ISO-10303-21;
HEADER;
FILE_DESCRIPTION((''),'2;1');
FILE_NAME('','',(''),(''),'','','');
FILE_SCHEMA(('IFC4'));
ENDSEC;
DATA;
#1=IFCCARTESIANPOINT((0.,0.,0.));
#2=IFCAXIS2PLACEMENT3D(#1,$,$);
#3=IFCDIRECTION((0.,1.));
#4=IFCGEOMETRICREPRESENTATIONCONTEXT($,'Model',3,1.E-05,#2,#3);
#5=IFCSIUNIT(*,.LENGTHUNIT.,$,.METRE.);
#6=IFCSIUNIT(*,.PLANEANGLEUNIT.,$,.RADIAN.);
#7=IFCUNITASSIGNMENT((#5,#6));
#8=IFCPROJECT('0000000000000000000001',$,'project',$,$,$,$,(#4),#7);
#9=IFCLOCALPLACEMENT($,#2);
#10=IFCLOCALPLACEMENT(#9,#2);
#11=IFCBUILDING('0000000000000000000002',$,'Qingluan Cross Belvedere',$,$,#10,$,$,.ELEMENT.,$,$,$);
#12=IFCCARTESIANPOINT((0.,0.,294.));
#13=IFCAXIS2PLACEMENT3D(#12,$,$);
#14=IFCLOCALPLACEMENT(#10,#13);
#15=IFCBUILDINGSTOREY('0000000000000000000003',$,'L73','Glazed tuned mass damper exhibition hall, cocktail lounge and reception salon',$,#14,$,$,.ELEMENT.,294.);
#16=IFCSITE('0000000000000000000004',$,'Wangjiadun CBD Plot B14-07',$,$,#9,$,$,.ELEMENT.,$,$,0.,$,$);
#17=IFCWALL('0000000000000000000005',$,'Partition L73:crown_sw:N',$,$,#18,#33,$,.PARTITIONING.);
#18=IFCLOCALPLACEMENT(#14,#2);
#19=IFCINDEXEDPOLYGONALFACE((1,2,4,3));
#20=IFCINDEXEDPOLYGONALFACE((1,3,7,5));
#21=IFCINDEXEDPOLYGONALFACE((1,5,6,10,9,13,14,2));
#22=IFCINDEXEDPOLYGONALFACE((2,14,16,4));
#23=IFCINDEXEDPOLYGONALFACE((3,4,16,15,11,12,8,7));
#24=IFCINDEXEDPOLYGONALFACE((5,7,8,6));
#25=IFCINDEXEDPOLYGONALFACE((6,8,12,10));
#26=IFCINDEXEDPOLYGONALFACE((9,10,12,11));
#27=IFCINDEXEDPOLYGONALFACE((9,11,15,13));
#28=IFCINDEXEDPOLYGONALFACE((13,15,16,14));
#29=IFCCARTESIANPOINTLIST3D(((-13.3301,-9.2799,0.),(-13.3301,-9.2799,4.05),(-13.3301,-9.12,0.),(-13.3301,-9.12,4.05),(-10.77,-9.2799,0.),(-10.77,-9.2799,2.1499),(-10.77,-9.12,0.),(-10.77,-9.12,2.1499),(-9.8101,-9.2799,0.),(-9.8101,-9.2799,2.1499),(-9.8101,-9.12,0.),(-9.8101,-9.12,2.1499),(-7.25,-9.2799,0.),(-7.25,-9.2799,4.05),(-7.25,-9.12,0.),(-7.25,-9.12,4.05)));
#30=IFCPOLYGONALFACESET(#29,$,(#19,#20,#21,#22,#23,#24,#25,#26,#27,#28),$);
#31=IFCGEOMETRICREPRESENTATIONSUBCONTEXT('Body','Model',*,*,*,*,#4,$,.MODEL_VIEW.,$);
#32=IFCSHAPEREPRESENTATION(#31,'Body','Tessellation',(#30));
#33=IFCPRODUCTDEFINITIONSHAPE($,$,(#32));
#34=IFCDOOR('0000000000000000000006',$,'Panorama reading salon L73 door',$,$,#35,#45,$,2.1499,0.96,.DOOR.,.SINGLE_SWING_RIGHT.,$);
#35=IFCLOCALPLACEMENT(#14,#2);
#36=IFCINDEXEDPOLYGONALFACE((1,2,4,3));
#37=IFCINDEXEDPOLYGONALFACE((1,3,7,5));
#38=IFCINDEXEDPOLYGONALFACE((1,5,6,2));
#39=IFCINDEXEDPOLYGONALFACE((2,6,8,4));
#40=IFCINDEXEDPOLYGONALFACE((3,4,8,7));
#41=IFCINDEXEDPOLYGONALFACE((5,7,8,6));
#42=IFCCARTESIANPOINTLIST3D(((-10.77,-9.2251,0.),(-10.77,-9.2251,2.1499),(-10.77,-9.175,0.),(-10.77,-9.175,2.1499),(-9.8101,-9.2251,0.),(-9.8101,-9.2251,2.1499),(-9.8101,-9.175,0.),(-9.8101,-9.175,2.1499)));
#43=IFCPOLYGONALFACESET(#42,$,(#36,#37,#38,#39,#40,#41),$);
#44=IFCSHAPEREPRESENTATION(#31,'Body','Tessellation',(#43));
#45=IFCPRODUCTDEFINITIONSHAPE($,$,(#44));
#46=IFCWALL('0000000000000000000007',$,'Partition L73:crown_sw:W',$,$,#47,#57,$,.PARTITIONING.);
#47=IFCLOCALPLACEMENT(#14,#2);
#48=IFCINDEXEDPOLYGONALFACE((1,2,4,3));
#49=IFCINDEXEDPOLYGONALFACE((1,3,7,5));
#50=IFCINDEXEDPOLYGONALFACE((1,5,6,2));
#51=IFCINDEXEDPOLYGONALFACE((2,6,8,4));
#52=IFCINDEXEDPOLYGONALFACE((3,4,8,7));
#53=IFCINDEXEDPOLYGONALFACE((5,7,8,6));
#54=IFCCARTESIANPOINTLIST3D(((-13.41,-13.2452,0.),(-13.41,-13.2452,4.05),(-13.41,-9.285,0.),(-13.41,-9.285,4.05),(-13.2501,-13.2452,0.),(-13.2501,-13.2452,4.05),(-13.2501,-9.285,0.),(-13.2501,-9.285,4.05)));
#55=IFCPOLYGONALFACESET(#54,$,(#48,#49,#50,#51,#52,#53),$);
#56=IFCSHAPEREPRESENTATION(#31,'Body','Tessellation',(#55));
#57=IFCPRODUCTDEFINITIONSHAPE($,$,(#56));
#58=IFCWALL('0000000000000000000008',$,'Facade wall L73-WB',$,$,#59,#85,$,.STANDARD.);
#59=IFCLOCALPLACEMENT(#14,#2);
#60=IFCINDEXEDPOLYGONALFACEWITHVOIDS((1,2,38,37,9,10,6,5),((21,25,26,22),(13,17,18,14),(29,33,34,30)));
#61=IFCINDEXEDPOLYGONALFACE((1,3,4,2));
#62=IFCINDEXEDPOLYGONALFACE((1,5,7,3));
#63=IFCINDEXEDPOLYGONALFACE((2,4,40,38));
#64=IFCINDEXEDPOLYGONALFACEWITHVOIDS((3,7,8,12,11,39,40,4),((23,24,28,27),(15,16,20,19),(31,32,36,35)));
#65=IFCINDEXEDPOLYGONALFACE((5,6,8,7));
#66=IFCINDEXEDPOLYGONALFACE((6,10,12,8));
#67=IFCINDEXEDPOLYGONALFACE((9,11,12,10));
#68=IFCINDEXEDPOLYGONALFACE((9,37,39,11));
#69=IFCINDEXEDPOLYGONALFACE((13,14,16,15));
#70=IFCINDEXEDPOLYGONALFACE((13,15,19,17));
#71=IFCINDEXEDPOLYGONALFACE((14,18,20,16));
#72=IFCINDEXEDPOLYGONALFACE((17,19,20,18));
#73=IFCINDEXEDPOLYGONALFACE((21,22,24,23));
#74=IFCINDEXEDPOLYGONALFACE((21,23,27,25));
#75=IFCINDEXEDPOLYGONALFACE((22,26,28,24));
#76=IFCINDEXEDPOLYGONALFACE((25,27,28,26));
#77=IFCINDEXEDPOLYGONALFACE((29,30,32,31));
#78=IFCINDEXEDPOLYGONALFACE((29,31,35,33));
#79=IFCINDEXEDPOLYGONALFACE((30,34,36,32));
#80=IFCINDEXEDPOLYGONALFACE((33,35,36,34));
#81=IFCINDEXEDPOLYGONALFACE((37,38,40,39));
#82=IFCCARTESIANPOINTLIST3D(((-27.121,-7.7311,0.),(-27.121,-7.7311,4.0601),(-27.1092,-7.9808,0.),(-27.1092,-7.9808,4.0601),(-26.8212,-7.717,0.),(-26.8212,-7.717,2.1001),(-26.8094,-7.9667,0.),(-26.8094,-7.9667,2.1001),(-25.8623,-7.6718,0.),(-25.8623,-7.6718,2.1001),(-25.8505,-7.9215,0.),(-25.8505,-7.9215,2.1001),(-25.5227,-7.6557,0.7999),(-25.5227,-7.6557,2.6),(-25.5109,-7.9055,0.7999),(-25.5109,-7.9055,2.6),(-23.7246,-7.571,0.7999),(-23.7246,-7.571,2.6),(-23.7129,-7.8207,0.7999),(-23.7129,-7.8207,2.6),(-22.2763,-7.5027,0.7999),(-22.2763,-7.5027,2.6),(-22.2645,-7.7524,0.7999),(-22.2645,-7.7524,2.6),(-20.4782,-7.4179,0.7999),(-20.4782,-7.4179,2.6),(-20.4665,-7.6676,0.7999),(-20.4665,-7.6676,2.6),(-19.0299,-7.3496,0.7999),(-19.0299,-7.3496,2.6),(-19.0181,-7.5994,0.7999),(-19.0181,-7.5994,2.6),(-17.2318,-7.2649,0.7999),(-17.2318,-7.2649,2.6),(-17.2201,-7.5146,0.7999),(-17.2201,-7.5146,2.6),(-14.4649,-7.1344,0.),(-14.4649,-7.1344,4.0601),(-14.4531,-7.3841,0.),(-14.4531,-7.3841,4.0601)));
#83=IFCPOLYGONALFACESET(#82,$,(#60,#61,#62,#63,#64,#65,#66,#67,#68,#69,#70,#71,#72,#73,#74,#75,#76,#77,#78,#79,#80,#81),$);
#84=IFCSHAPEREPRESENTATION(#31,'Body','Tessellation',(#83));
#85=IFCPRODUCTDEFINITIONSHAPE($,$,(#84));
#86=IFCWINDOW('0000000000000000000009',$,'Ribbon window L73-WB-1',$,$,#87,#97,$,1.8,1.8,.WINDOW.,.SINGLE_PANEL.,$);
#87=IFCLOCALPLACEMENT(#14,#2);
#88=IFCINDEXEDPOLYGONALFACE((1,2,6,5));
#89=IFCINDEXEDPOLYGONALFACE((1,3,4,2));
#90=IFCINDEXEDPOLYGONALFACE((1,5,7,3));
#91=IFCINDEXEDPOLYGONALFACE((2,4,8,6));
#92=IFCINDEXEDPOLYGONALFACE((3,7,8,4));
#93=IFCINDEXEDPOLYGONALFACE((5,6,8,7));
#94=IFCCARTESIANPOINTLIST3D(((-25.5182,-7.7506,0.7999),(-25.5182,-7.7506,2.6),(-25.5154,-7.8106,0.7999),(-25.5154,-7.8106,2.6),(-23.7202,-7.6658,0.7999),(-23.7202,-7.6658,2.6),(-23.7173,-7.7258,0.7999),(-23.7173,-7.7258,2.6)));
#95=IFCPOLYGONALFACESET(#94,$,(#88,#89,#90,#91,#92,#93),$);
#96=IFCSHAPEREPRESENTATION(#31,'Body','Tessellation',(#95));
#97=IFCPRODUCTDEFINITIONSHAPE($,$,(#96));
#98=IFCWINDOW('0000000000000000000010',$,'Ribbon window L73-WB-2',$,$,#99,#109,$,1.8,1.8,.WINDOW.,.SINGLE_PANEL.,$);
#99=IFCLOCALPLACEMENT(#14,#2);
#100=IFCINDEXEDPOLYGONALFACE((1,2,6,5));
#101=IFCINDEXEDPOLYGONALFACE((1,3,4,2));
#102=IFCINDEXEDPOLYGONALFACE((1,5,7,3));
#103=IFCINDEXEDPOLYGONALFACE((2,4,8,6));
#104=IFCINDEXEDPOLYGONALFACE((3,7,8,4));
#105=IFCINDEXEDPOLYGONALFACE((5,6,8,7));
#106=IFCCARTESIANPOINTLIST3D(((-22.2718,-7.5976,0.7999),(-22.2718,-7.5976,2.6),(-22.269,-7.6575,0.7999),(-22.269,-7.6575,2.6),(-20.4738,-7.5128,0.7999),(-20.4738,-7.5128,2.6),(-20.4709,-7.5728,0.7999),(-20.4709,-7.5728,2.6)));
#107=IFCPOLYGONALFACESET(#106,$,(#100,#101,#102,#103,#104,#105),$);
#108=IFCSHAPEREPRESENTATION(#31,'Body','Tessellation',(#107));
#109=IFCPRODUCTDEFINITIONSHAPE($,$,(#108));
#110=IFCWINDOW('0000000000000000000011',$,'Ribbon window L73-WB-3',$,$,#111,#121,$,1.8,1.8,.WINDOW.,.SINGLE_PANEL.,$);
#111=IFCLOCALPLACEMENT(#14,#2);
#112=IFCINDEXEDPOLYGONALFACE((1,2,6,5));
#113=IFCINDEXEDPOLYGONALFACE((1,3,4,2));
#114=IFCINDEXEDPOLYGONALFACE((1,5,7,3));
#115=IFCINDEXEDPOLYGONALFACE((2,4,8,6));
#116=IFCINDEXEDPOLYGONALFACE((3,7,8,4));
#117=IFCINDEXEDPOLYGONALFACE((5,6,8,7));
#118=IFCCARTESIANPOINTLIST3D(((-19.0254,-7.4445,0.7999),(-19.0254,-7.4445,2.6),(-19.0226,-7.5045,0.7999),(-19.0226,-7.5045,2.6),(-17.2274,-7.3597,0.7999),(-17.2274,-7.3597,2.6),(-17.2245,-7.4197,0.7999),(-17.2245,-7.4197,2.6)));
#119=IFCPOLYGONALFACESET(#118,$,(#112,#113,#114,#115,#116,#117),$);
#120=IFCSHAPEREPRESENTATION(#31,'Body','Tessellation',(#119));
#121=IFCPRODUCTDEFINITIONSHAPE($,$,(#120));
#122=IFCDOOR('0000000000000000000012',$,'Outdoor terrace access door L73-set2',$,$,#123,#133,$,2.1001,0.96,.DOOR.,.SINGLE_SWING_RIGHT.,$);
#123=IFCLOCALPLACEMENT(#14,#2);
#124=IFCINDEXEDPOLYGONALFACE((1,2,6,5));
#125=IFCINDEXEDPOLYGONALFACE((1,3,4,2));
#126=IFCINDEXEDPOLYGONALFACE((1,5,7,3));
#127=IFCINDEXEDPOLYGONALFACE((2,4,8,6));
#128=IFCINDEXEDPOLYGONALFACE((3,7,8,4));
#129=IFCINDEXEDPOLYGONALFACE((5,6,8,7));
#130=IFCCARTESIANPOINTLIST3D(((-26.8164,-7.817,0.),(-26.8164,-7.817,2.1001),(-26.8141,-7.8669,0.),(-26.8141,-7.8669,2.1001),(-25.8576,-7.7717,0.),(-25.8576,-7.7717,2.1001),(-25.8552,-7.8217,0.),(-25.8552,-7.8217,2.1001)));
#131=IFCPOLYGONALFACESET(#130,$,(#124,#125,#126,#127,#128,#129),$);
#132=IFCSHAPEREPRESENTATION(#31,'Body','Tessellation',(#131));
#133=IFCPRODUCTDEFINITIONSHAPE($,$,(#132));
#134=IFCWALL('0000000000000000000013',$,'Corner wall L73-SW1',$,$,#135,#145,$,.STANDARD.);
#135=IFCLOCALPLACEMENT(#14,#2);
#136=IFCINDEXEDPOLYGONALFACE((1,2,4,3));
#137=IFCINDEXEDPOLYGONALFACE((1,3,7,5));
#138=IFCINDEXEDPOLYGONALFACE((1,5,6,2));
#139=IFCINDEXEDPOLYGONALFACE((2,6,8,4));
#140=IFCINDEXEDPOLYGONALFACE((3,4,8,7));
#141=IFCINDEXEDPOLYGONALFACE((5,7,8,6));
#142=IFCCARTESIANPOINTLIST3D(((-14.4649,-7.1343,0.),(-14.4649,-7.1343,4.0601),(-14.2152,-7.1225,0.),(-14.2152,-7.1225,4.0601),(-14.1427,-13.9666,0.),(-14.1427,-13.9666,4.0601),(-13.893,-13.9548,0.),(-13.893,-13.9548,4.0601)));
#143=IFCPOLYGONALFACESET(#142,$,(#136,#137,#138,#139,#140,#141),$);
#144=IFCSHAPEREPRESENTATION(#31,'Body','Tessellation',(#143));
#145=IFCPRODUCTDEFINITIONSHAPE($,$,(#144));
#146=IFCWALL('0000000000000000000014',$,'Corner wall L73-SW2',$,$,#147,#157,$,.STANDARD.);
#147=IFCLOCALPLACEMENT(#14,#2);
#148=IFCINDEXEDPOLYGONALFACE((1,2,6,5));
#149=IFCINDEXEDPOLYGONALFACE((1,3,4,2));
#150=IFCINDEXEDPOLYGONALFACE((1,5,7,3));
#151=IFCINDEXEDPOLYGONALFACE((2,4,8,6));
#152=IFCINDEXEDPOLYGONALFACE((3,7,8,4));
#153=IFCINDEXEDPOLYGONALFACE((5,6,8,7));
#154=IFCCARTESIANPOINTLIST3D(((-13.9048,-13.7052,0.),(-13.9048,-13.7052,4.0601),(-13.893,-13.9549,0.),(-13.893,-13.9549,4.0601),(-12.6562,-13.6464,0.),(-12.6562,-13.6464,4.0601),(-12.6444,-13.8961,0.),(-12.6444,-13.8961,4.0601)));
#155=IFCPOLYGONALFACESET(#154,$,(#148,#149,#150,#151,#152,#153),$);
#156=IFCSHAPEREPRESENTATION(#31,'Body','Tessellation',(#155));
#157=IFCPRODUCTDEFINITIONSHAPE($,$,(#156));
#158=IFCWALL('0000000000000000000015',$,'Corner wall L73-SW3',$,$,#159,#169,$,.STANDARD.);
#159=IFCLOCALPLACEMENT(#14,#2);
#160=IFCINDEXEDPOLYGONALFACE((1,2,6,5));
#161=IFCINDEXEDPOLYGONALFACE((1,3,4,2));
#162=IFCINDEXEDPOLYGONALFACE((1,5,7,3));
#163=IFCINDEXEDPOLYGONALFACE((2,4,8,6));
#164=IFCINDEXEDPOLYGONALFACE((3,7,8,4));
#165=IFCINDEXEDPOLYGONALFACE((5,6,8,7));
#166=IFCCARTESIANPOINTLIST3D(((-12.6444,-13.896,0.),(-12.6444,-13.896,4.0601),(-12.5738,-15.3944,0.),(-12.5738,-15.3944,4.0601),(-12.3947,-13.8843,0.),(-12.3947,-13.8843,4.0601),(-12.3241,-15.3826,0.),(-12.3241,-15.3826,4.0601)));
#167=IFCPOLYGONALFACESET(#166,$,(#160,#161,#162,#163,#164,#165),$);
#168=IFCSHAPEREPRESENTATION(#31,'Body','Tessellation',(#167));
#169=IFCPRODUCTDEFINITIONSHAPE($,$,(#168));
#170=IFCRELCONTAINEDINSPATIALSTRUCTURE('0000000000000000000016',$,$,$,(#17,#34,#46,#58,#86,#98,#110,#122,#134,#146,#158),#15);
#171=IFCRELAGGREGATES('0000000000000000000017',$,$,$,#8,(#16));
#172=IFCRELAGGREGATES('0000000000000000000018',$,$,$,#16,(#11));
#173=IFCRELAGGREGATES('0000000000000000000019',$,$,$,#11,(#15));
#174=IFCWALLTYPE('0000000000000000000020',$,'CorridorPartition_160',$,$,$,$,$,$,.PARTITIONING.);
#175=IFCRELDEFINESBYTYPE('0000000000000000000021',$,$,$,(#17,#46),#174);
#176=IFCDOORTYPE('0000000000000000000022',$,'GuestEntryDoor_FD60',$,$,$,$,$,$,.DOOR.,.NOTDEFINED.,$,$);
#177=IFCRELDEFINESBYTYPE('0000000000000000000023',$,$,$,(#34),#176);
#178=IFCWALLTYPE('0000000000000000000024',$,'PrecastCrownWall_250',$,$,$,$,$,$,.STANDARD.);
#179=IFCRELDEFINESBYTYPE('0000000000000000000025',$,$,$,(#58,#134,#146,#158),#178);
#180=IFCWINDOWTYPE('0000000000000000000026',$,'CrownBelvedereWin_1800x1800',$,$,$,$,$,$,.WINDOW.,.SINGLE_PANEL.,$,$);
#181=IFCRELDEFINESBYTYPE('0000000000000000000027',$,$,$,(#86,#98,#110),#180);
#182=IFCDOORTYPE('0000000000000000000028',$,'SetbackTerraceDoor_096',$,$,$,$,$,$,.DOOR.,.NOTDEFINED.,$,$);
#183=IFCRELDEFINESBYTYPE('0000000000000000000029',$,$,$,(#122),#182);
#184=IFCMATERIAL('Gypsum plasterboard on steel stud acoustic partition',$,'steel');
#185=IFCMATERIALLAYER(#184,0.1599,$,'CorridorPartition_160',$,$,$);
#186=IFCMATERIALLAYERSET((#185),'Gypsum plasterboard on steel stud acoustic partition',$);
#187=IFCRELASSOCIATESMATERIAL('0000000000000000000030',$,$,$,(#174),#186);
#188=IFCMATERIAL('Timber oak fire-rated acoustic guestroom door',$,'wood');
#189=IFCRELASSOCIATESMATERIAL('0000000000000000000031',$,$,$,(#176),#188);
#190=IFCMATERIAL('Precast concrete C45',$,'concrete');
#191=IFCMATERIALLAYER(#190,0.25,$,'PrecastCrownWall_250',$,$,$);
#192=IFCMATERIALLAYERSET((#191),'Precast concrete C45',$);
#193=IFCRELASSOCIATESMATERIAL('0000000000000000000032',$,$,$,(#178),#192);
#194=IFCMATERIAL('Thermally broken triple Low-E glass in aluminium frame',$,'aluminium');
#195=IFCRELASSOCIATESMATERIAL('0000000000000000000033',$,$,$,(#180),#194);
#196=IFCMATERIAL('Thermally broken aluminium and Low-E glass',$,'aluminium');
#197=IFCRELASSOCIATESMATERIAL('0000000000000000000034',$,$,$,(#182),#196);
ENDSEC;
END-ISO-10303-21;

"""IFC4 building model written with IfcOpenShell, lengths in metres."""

from ifc_helpers import new_model, si_unit, direction, frame, frame_2d, origin, place, context, subcontext, project, spatial, rectangle, extrude, material, layer, layer_set, type_object, element, fill, save


model = new_model("IFC4")

# Units and contexts
model_context = context("Model", 3, precision=1e-05, world=origin(), true_north=direction((0.0, 1.0)))
body_context = subcontext(model_context, "Body", "Model", "MODEL_VIEW")
ifc_project = project(units=[si_unit("LENGTHUNIT", "METRE"), si_unit("PLANEANGLEUNIT", "RADIAN")], contexts=[model_context])

# Site, building, storey
site_placement = place(None, origin())
site = spatial("IfcSite", under=ifc_project, at=site_placement, Name="Wangjiadun CBD Plot B14-07", CompositionType="ELEMENT", RefElevation=0.0)
building_placement = place(site_placement, origin())
building = spatial("IfcBuilding", under=site, at=building_placement, Name="Qingluan Cross Belvedere", CompositionType="ELEMENT")
storey_placement = place(building_placement, frame((0.0, 0.0, 294.0)))
storey = spatial("IfcBuildingStorey", under=building, at=storey_placement, Name="L73", Description="Glazed tuned mass damper exhibition hall, cocktail lounge and reception salon", CompositionType="ELEMENT", Elevation=294.0)

# Shared definitions
ifc_material_1 = material(Name="Gypsum plasterboard on steel stud acoustic partition", Category="steel")
ifc_layer_1 = layer(ifc_material_1, 0.1599, Name="CorridorPartition_160")
ifc_layer_set_1 = layer_set([ifc_layer_1], Name="Gypsum plasterboard on steel stud acoustic partition")
wall_type_1 = type_object("IfcWallType", Name="CorridorPartition_160", PredefinedType="PARTITIONING", material=ifc_layer_set_1)
ifc_material_2 = material(Name="Timber oak fire-rated acoustic guestroom door", Category="wood")
door_type_1 = type_object("IfcDoorType", Name="GuestEntryDoor_FD60", OperationType="NOTDEFINED", PredefinedType="DOOR", material=ifc_material_2)

# Wall, opening, door
wall_1_placement = place(storey_placement, frame((-13.3301, -9.2, 0.0), z_axis=(0.0, 0.0, 1.0), x_axis=(1.0, 0.0, 0.0)))
wall_1 = element("IfcWall", 1, at=wall_1_placement, inside=storey, type_object=wall_type_1, Name="Partition L73:crown_sw:N", PredefinedType="PARTITIONING", context=body_context, shape_type="SweptSolid", body=[
    extrude(rectangle(XDim=6.0801, YDim=0.1599, at=frame_2d((3.04, 0.0))), origin(), (0.0, 0.0, 1.0), 4.05),
])
opening_1_placement = place(wall_1_placement, frame((2.5601, 0.0, 0.0)))
opening_1 = element("IfcOpeningElement", 2, at=opening_1_placement, cuts=wall_1, PredefinedType="OPENING", context=body_context, shape_type="SweptSolid", body=[
    extrude(rectangle(XDim=0.96, YDim=2.1499, at=frame_2d((0.48, 1.075))), frame((0.0, 0.0898, 0.0), z_axis=(0.0, -1.0, 0.0), x_axis=(1.0, 0.0, 0.0)), (0.0, 0.0, 1.0), 0.1799),
])
door_1_placement = place(opening_1_placement, origin())
door_1 = element("IfcDoor", 3, at=door_1_placement, inside=storey, type_object=door_type_1, Name="Panorama reading salon L73 door", OperationType="SINGLE_SWING_RIGHT", OverallHeight=2.1499, OverallWidth=0.96, PredefinedType="DOOR", context=body_context, shape_type="SweptSolid", body=[
    extrude(rectangle(XDim=0.96, YDim=2.1499, at=frame_2d((0.48, 1.075))), frame((0.0, 0.0249, 0.0), z_axis=(0.0, -1.0, 0.0), x_axis=(1.0, 0.0, 0.0)), (0.0, 0.0, 1.0), 0.05),
])
fill(opening_1, door_1)

# Wall
wall_2_placement = place(storey_placement, frame((-13.3301, -13.2451, 0.0), z_axis=(0.0, 0.0, 1.0), x_axis=(0.0, 1.0, 0.0)))
element("IfcWall", 4, at=wall_2_placement, inside=storey, type_object=wall_type_1, Name="Partition L73:crown_sw:W", PredefinedType="PARTITIONING", context=body_context, shape_type="SweptSolid", body=[
    extrude(rectangle(XDim=3.9602, YDim=0.1599, at=frame_2d((1.98, 0.0))), origin(), (0.0, 0.0, 1.0), 4.05),
])

# Wall, openings, windows, door
ifc_material_3 = material(Name="Precast concrete C45", Category="concrete")
ifc_layer_2 = layer(ifc_material_3, 0.25, Name="PrecastCrownWall_250")
ifc_layer_set_2 = layer_set([ifc_layer_2], Name="Precast concrete C45")
wall_type_2 = type_object("IfcWallType", Name="PrecastCrownWall_250", PredefinedType="STANDARD", material=ifc_layer_set_2)
wall_3_placement = place(storey_placement, frame((-27.115, -7.856, 0.0), z_axis=(0.0, 0.0, 1.0), x_axis=(0.99889, 0.047094, 0.0)))
wall_3 = element("IfcWall", 5, at=wall_3_placement, inside=storey, type_object=wall_type_2, Name="Facade wall L73-WB", PredefinedType="STANDARD", context=body_context, shape_type="SweptSolid", body=[
    extrude(rectangle(XDim=12.6702, YDim=0.25, at=frame_2d((6.335, 0.0))), origin(), (0.0, 0.0, 1.0), 4.0601),
])
opening_2_placement = place(wall_3_placement, frame((1.6001, 0.0, 0.8)))
opening_2 = element("IfcOpeningElement", 6, at=opening_2_placement, cuts=wall_3, PredefinedType="OPENING", context=body_context, shape_type="SweptSolid", body=[
    extrude(rectangle(XDim=1.8, YDim=1.8, at=frame_2d((0.8999, 0.8999))), frame((0.0, 0.135, 0.0), z_axis=(0.0, -1.0, 0.0), x_axis=(1.0, 0.0, 0.0)), (0.0, 0.0, 1.0), 0.27),
])
opening_3_placement = place(wall_3_placement, frame((4.8501, 0.0, 0.8)))
opening_3 = element("IfcOpeningElement", 7, at=opening_3_placement, cuts=wall_3, PredefinedType="OPENING", context=body_context, shape_type="SweptSolid", body=[
    extrude(rectangle(XDim=1.8, YDim=1.8, at=frame_2d((0.8999, 0.8999))), frame((0.0, 0.135, 0.0), z_axis=(0.0, -1.0, 0.0), x_axis=(1.0, 0.0, 0.0)), (0.0, 0.0, 1.0), 0.27),
])
opening_4_placement = place(wall_3_placement, frame((8.1001, 0.0, 0.8)))
opening_4 = element("IfcOpeningElement", 8, at=opening_4_placement, cuts=wall_3, PredefinedType="OPENING", context=body_context, shape_type="SweptSolid", body=[
    extrude(rectangle(XDim=1.8, YDim=1.8, at=frame_2d((0.8999, 0.8999))), frame((0.0, 0.135, 0.0), z_axis=(0.0, -1.0, 0.0), x_axis=(1.0, 0.0, 0.0)), (0.0, 0.0, 1.0), 0.27),
])
opening_5_placement = place(wall_3_placement, frame((0.3, 0.0, 0.0)))
opening_5 = element("IfcOpeningElement", 9, at=opening_5_placement, cuts=wall_3, PredefinedType="OPENING", context=body_context, shape_type="SweptSolid", body=[
    extrude(rectangle(XDim=0.96, YDim=2.1001, at=frame_2d((0.48, 1.05))), frame((0.0, 0.135, 0.0), z_axis=(0.0, -1.0, 0.0), x_axis=(1.0, 0.0, 0.0)), (0.0, 0.0, 1.0), 0.27),
])
ifc_material_4 = material(Name="Thermally broken triple Low-E glass in aluminium frame", Category="aluminium")
window_type = type_object("IfcWindowType", Name="CrownBelvedereWin_1800x1800", PartitioningType="SINGLE_PANEL", PredefinedType="WINDOW", material=ifc_material_4)
window_1_placement = place(opening_2_placement, origin())
window_1 = element("IfcWindow", 10, at=window_1_placement, inside=storey, type_object=window_type, Name="Ribbon window L73-WB-1", OverallHeight=1.8, OverallWidth=1.8, PartitioningType="SINGLE_PANEL", PredefinedType="WINDOW", context=body_context, shape_type="SweptSolid", body=[
    extrude(rectangle(XDim=1.8, YDim=1.8, at=frame_2d((0.8999, 0.8999))), frame((0.0, 0.03, 0.0), z_axis=(0.0, -1.0, 0.0), x_axis=(1.0, 0.0, 0.0)), (0.0, 0.0, 1.0), 0.0601),
])
fill(opening_2, window_1)
window_2_placement = place(opening_3_placement, origin())
window_2 = element("IfcWindow", 11, at=window_2_placement, inside=storey, type_object=window_type, Name="Ribbon window L73-WB-2", OverallHeight=1.8, OverallWidth=1.8, PartitioningType="SINGLE_PANEL", PredefinedType="WINDOW", context=body_context, shape_type="SweptSolid", body=[
    extrude(rectangle(XDim=1.8, YDim=1.8, at=frame_2d((0.8999, 0.8999))), frame((0.0, 0.03, 0.0), z_axis=(0.0, -1.0, 0.0), x_axis=(1.0, 0.0, 0.0)), (0.0, 0.0, 1.0), 0.0601),
])
fill(opening_3, window_2)
window_3_placement = place(opening_4_placement, origin())
window_3 = element("IfcWindow", 12, at=window_3_placement, inside=storey, type_object=window_type, Name="Ribbon window L73-WB-3", OverallHeight=1.8, OverallWidth=1.8, PartitioningType="SINGLE_PANEL", PredefinedType="WINDOW", context=body_context, shape_type="SweptSolid", body=[
    extrude(rectangle(XDim=1.8, YDim=1.8, at=frame_2d((0.8999, 0.8999))), frame((0.0, 0.03, 0.0), z_axis=(0.0, -1.0, 0.0), x_axis=(1.0, 0.0, 0.0)), (0.0, 0.0, 1.0), 0.0601),
])
fill(opening_4, window_3)
ifc_material_5 = material(Name="Thermally broken aluminium and Low-E glass", Category="aluminium")
door_type_2 = type_object("IfcDoorType", Name="SetbackTerraceDoor_096", OperationType="NOTDEFINED", PredefinedType="DOOR", material=ifc_material_5)
door_2_placement = place(opening_5_placement, origin())
door_2 = element("IfcDoor", 13, at=door_2_placement, inside=storey, type_object=door_type_2, Name="Outdoor terrace access door L73-set2", OperationType="SINGLE_SWING_RIGHT", OverallHeight=2.1001, OverallWidth=0.96, PredefinedType="DOOR", context=body_context, shape_type="SweptSolid", body=[
    extrude(rectangle(XDim=0.96, YDim=2.1001, at=frame_2d((0.48, 1.05))), frame((0.0, 0.0249, 0.0), z_axis=(0.0, -1.0, 0.0), x_axis=(1.0, 0.0, 0.0)), (0.0, 0.0, 1.0), 0.05),
])
fill(opening_5, door_2)

# Walls
wall_4_placement = place(storey_placement, frame((-14.3401, -7.1284, 0.0), z_axis=(0.0, 0.0, 1.0), x_axis=(0.047116, -0.998889, 0.0)))
element("IfcWall", 14, at=wall_4_placement, inside=storey, type_object=wall_type_2, Name="Corner wall L73-SW1", PredefinedType="STANDARD", context=body_context, shape_type="SweptSolid", body=[
    extrude(rectangle(XDim=6.8398, YDim=0.25, at=frame_2d((3.4199, 0.0))), origin(), (0.0, 0.0, 1.0), 4.0601),
])
wall_5_placement = place(storey_placement, frame((-13.8989, -13.8301, 0.0), z_axis=(0.0, 0.0, 1.0), x_axis=(0.998891, 0.047073, 0.0)))
element("IfcWall", 15, at=wall_5_placement, inside=storey, type_object=wall_type_2, Name="Corner wall L73-SW2", PredefinedType="STANDARD", context=body_context, shape_type="SweptSolid", body=[
    extrude(rectangle(XDim=1.25, YDim=0.25, at=frame_2d((0.625, 0.0))), origin(), (0.0, 0.0, 1.0), 4.0601),
])
wall_6_placement = place(storey_placement, frame((-12.5195, -13.8901, 0.0), z_axis=(0.0, 0.0, 1.0), x_axis=(0.047039, -0.998893, 0.0)))
element("IfcWall", 16, at=wall_6_placement, inside=storey, type_object=wall_type_2, Name="Corner wall L73-SW3", PredefinedType="STANDARD", context=body_context, shape_type="SweptSolid", body=[
    extrude(rectangle(XDim=1.5, YDim=0.25, at=frame_2d((0.75, 0.0))), origin(), (0.0, 0.0, 1.0), 4.0601),
])

save(model, "model.ifc")
